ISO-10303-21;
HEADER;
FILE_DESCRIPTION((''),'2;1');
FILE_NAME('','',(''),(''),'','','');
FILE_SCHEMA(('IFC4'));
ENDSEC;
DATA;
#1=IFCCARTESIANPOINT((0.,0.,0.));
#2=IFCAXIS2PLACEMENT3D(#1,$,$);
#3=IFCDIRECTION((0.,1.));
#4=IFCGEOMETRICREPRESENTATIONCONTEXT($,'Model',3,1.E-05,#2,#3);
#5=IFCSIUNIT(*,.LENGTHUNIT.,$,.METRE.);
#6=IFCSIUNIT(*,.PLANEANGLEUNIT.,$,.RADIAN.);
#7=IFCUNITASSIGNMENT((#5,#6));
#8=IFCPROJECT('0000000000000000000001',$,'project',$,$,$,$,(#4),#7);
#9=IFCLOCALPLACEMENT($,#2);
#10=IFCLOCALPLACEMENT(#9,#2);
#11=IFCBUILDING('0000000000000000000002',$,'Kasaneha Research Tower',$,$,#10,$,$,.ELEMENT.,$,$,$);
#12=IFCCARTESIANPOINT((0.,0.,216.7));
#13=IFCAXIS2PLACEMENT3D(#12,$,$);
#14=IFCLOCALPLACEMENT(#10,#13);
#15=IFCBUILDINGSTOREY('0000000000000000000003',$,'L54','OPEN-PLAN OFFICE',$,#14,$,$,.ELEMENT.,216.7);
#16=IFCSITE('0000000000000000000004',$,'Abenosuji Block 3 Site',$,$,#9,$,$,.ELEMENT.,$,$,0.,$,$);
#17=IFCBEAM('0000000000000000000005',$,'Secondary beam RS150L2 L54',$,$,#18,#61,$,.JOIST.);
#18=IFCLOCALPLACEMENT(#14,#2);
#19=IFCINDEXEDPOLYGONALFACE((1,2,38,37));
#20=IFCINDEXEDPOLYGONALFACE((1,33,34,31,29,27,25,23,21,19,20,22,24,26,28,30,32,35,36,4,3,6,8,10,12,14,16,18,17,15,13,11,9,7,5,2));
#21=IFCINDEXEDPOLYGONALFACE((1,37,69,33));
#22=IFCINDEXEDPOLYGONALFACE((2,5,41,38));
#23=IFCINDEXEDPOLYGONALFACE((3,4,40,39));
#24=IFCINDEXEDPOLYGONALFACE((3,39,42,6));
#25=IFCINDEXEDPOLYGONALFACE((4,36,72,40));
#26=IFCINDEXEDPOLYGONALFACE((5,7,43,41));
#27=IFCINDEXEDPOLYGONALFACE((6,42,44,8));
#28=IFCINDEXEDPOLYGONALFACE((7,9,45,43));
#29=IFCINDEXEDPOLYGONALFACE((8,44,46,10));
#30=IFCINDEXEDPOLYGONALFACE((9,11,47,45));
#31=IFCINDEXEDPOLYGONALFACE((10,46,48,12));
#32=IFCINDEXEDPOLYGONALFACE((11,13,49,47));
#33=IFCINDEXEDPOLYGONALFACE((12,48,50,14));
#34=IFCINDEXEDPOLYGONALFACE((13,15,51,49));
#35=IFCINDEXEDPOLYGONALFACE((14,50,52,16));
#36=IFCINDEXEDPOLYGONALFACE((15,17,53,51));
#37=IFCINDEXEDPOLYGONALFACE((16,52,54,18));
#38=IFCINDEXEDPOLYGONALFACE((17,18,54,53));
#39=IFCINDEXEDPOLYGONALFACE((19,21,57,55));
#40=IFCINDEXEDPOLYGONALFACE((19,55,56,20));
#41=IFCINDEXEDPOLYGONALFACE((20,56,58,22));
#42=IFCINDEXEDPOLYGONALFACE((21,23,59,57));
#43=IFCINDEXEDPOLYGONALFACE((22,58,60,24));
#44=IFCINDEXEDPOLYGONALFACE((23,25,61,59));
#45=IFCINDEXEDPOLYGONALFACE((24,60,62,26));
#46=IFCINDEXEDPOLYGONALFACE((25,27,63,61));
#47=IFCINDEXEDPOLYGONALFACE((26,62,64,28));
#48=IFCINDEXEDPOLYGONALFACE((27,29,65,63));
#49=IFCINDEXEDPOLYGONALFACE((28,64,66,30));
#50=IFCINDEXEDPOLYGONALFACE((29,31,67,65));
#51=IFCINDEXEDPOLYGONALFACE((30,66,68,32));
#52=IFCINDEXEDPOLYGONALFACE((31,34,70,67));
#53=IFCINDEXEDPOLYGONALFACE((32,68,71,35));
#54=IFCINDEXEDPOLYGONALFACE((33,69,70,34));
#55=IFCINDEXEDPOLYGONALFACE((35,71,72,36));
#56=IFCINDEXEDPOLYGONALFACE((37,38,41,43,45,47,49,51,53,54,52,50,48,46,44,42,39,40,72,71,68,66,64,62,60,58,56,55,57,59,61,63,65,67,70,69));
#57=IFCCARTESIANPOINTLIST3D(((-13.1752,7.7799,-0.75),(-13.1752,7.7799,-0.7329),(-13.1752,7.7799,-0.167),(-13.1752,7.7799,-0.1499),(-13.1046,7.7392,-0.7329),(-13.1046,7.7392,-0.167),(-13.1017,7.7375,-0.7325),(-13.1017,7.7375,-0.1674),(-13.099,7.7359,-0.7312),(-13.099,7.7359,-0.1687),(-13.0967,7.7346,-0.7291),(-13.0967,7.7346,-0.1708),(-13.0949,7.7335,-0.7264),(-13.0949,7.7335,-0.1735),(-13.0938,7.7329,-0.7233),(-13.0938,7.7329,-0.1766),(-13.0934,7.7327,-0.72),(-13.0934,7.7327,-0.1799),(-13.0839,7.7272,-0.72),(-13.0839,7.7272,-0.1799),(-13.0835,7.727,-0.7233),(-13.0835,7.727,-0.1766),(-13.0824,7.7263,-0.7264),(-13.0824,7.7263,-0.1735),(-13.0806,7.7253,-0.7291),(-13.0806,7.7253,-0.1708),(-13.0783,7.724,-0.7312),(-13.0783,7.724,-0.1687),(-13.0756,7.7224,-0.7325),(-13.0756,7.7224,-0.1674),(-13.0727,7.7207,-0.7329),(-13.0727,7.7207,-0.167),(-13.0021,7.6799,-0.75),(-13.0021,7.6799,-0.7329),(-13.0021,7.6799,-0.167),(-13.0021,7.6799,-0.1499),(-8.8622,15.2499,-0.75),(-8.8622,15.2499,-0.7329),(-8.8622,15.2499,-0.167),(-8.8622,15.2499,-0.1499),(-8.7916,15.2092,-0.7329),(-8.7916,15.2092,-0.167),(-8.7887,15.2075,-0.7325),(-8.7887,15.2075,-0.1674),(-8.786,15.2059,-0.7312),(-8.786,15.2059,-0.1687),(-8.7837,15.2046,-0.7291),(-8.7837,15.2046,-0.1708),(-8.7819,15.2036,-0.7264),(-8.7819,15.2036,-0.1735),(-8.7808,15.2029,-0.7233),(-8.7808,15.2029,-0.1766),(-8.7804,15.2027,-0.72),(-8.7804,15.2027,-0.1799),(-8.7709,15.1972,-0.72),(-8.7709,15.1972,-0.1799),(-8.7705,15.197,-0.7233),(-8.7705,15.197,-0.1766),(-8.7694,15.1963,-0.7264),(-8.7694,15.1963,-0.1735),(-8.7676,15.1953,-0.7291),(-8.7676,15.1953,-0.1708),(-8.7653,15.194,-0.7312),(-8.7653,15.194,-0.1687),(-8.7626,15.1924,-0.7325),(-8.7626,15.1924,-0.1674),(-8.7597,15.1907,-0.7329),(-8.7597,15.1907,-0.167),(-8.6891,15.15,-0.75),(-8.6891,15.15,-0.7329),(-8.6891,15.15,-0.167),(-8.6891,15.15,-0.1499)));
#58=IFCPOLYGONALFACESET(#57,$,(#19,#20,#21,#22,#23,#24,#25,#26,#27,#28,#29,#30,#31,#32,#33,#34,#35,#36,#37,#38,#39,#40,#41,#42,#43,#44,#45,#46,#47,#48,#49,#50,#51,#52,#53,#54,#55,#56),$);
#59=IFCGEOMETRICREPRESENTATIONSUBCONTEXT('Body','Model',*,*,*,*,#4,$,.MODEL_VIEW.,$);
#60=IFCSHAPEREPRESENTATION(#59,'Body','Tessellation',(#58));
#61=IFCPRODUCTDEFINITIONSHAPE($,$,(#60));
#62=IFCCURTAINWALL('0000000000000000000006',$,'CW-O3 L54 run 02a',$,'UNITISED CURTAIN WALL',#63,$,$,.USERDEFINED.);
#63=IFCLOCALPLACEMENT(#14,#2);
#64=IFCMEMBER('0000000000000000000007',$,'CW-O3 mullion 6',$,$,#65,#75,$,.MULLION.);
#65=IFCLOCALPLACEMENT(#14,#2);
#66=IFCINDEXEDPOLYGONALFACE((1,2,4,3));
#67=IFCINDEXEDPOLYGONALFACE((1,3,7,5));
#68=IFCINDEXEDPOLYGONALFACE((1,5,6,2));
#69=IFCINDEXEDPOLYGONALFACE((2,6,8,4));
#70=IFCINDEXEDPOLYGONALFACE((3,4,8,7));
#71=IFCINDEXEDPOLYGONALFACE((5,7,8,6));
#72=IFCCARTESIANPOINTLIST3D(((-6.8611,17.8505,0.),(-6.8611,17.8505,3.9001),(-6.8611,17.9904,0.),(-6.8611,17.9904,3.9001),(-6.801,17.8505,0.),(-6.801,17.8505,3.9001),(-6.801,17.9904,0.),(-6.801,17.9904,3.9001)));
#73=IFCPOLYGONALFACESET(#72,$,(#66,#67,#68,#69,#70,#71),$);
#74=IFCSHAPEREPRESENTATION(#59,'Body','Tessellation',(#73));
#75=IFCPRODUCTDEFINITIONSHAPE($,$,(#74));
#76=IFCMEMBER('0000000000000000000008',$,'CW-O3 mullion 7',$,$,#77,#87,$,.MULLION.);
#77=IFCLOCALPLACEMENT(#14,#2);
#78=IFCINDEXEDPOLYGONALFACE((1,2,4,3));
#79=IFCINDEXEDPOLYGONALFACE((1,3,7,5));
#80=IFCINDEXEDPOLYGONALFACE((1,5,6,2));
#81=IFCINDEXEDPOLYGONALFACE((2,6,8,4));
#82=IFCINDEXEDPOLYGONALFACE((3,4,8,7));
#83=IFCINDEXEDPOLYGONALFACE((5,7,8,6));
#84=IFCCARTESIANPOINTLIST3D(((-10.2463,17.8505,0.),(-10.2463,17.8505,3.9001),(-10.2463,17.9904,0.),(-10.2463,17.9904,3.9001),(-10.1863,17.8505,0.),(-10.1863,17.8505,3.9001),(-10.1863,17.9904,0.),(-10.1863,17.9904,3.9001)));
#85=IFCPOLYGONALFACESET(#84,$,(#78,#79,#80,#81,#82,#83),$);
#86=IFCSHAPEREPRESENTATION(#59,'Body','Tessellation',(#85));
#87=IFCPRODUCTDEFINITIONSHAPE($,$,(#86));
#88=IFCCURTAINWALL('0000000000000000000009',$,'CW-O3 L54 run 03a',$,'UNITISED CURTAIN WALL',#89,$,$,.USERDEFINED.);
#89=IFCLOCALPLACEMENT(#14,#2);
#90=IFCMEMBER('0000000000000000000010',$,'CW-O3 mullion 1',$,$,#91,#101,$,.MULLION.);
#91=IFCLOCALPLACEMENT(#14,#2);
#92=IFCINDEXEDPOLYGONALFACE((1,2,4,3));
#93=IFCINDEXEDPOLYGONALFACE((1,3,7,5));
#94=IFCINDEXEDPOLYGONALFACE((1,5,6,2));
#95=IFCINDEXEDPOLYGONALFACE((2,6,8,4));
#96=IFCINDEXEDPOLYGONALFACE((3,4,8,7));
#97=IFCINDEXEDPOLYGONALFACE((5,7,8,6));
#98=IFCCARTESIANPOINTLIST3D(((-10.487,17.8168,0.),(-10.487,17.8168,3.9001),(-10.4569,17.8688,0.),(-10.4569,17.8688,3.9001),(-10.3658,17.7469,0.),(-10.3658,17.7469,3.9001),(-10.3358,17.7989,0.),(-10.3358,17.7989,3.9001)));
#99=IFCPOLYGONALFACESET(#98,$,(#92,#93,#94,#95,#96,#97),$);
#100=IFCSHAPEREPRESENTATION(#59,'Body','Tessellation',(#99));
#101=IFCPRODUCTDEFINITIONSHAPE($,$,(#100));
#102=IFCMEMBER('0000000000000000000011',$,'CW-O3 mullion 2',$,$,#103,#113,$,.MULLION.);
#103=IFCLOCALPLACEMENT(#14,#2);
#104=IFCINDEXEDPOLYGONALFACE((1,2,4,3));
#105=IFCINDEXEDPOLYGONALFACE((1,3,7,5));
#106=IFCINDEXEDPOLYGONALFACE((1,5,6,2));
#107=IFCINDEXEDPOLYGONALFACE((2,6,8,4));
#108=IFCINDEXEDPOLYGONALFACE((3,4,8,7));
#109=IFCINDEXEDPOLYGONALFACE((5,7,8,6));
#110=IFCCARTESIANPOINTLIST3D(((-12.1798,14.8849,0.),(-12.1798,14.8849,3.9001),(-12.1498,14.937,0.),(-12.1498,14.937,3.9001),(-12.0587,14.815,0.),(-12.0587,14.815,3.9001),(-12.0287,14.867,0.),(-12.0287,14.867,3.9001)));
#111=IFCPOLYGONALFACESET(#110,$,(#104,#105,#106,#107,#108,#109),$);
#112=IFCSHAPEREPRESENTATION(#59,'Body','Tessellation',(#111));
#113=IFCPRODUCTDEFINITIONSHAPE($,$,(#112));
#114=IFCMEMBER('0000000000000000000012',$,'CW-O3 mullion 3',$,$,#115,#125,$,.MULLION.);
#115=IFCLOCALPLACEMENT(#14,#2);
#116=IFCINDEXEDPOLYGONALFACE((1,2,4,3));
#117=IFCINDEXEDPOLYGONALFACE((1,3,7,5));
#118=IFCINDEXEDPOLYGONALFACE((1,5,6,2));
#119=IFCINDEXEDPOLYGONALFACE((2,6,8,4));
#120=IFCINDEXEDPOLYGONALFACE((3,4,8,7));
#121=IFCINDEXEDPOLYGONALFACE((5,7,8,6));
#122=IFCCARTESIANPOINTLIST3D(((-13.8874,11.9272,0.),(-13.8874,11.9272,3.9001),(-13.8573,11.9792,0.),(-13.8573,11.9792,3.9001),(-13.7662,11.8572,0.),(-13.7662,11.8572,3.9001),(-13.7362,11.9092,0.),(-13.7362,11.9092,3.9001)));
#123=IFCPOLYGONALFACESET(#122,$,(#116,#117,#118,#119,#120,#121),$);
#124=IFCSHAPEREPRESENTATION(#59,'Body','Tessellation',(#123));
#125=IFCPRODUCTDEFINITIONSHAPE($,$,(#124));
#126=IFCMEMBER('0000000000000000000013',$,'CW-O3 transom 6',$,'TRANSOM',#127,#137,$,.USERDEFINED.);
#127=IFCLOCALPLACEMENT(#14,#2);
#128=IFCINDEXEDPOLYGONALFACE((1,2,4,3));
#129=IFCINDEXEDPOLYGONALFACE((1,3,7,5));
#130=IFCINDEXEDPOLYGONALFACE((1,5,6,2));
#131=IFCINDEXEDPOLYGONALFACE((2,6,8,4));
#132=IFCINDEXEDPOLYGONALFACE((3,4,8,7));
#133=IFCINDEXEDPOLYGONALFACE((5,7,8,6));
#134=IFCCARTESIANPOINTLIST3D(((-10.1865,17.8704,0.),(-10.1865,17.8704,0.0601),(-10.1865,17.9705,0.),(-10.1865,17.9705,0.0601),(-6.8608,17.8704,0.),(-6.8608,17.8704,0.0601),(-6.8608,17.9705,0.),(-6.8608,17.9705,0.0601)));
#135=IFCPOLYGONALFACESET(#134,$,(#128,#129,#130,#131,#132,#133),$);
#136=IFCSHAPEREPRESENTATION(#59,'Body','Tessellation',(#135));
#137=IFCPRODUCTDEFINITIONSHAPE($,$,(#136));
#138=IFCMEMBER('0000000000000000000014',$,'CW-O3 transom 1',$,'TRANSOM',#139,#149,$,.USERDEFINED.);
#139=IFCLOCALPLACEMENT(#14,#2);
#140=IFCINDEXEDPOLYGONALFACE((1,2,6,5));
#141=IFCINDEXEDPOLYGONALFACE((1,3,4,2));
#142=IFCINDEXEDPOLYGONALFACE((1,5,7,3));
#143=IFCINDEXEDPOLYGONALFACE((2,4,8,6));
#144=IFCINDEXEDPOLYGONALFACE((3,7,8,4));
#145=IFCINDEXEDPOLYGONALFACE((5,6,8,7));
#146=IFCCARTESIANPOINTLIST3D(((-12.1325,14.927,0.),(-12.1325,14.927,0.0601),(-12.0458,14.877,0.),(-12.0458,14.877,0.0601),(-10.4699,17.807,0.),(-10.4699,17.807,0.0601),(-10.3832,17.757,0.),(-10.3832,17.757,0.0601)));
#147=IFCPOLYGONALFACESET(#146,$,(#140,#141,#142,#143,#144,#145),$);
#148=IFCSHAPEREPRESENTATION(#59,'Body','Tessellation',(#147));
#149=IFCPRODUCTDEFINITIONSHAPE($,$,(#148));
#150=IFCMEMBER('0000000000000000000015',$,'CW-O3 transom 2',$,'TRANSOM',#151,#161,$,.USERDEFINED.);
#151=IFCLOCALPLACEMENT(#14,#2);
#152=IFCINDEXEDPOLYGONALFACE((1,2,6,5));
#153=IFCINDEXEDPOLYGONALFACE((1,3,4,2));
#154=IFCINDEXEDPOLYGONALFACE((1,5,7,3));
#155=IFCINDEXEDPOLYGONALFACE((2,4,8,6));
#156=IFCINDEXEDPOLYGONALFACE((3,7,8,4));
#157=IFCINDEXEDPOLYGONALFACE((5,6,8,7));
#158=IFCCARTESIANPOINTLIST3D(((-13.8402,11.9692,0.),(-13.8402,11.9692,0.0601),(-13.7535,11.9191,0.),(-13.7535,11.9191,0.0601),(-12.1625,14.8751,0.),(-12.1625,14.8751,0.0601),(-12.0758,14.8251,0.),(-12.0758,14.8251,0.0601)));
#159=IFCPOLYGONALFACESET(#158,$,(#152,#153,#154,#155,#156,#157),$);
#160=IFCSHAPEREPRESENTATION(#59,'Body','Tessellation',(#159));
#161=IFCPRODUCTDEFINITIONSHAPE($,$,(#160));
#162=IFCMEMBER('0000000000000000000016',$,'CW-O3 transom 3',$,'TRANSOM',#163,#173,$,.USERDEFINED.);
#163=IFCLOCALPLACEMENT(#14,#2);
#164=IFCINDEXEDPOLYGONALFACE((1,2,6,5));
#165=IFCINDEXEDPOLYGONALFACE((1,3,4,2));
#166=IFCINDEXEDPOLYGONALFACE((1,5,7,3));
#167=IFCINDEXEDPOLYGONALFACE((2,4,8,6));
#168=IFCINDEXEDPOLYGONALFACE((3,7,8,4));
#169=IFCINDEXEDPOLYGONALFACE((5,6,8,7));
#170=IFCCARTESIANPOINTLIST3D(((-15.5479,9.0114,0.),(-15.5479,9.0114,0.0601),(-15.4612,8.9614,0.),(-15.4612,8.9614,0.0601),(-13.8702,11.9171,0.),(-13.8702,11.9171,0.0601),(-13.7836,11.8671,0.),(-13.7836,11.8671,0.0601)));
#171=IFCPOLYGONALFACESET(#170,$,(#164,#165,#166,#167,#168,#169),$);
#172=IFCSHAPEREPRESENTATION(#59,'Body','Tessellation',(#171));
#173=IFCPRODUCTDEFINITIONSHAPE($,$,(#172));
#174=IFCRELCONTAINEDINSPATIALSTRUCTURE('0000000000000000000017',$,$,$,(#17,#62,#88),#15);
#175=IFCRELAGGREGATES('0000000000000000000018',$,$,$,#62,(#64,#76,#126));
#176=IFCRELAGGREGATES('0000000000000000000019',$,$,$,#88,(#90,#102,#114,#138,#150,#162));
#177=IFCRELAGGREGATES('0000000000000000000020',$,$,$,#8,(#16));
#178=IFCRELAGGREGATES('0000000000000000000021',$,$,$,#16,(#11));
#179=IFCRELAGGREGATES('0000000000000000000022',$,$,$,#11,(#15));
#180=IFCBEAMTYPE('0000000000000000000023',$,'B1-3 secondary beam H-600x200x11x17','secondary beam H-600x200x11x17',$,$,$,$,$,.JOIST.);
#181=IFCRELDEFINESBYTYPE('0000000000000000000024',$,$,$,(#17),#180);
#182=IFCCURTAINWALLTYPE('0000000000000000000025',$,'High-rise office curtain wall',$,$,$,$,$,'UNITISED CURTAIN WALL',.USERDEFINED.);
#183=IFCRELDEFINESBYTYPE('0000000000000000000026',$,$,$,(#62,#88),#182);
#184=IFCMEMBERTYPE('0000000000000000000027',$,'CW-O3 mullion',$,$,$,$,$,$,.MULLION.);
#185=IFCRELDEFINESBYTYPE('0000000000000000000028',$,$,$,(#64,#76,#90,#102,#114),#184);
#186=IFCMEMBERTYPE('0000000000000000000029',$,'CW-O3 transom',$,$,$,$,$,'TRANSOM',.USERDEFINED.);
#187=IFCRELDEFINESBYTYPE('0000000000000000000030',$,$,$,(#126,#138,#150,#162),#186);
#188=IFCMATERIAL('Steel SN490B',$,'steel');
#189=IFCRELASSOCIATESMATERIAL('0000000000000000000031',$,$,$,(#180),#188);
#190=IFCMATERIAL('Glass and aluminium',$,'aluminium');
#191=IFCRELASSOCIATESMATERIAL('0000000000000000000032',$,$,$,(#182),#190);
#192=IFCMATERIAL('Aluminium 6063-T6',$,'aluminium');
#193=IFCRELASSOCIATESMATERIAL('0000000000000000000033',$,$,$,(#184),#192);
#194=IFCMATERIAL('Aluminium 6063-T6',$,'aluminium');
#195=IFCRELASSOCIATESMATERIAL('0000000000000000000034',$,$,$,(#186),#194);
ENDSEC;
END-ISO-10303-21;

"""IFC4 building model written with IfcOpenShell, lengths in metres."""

from ifc_helpers import new_model, si_unit, direction, frame, origin, origin_2d, place, context, subcontext, project, spatial, rectangle, i_section, extrude, material, material_profile, profile_set, type_object, element, aggregate, save


model = new_model("IFC4")

# Units and contexts
model_context = context("Model", 3, precision=1e-05, world=origin(), true_north=direction((0.0, 1.0)))
body_context = subcontext(model_context, "Body", "Model", "MODEL_VIEW")
ifc_project = project(units=[si_unit("LENGTHUNIT", "METRE"), si_unit("PLANEANGLEUNIT", "RADIAN")], contexts=[model_context])

# Site, building, storey
site_placement = place(None, origin())
site = spatial("IfcSite", under=ifc_project, at=site_placement, Name="Abenosuji Block 3 Site", CompositionType="ELEMENT", RefElevation=0.0)
building_placement = place(site_placement, origin())
building = spatial("IfcBuilding", under=site, at=building_placement, Name="Kasaneha Research Tower", CompositionType="ELEMENT")
storey_placement = place(building_placement, frame((0.0, 0.0, 216.7)))
storey = spatial("IfcBuildingStorey", under=building, at=storey_placement, Name="L54", Description="OPEN-PLAN OFFICE", CompositionType="ELEMENT", Elevation=216.7)

# Beam
ifc_material_1 = material(Name="Steel SN490B", Category="steel")
ifc_material_profile_1 = material_profile(ifc_material_1, i_section(OverallWidth=0.2, OverallDepth=0.6001, WebThickness=0.011, FlangeThickness=0.0171, FilletRadius=0.0129, at=origin_2d()), Name="H-600x200x11x17")
ifc_profile_set_1 = profile_set([ifc_material_profile_1], Name="Steel SN490B")
beam_type_1 = type_object("IfcBeamType", Name="B1-3 secondary beam H-600x200x11x17", Description="secondary beam H-600x200x11x17", PredefinedType="JOIST", material=ifc_profile_set_1)
beam_1_placement = place(storey_placement, frame((-8.7756, 15.2, -0.45), z_axis=(-0.500017, -0.866015, 0.0), x_axis=(0.866015, -0.500017, 0.0)))
element("IfcBeam", 1, at=beam_1_placement, inside=storey, type_object=beam_type_1, Name="Secondary beam RS150L2 L54", PredefinedType="JOIST", context=body_context, shape_type="SweptSolid", body=[
    extrude(i_section(OverallWidth=0.2, OverallDepth=0.6001, WebThickness=0.011, FlangeThickness=0.0171, FilletRadius=0.0129, at=origin_2d()), origin(), (0.0, 0.0, 1.0), 8.6257),
])

# Curtain walls, members
ifc_material_2 = material(Name="Glass and aluminium", Category="aluminium")
curtain_wall_type = type_object("IfcCurtainWallType", Name="High-rise office curtain wall", ElementType="UNITISED CURTAIN WALL", PredefinedType="USERDEFINED", material=ifc_material_2)
curtain_wall_1_placement = place(storey_placement, origin())
curtain_wall_1 = element("IfcCurtainWall", 2, at=curtain_wall_1_placement, inside=storey, type_object=curtain_wall_type, Name="CW-O3 L54 run 02a", ObjectType="UNITISED CURTAIN WALL", PredefinedType="USERDEFINED")
ifc_material_3 = material(Name="Aluminium 6063-T6", Category="aluminium")
ifc_material_profile_2 = material_profile(ifc_material_3, rectangle(XDim=0.0601, YDim=0.1399, at=origin_2d()), Name="CW-O3 mullion 60x140")
ifc_profile_set_2 = profile_set([ifc_material_profile_2], Name="Aluminium 6063-T6")
member_type_1 = type_object("IfcMemberType", Name="CW-O3 mullion", PredefinedType="MULLION", material=ifc_profile_set_2)
member_1_placement = place(storey_placement, frame((-6.8311, 17.9204, 0.0), z_axis=(0.0, 0.0, 1.0), x_axis=(-1.0, 0.0, 0.0)))
member_1 = element("IfcMember", 3, at=member_1_placement, type_object=member_type_1, Name="CW-O3 mullion 6", PredefinedType="MULLION", context=body_context, shape_type="SweptSolid", body=[
    extrude(rectangle(XDim=0.0601, YDim=0.1399, at=origin_2d()), origin(), (0.0, 0.0, 1.0), 3.9001),
])
member_2_placement = place(storey_placement, frame((-10.2163, 17.9204, 0.0), z_axis=(0.0, 0.0, 1.0), x_axis=(-1.0, 0.0, 0.0)))
member_2 = element("IfcMember", 4, at=member_2_placement, type_object=member_type_1, Name="CW-O3 mullion 7", PredefinedType="MULLION", context=body_context, shape_type="SweptSolid", body=[
    extrude(rectangle(XDim=0.0601, YDim=0.1399, at=origin_2d()), origin(), (0.0, 0.0, 1.0), 3.9001),
])
curtain_wall_2_placement = place(storey_placement, origin())
curtain_wall_2 = element("IfcCurtainWall", 5, at=curtain_wall_2_placement, inside=storey, type_object=curtain_wall_type, Name="CW-O3 L54 run 03a", ObjectType="UNITISED CURTAIN WALL", PredefinedType="USERDEFINED")
member_3_placement = place(storey_placement, frame((-10.4114, 17.8079, 0.0), z_axis=(0.0, 0.0, 1.0), x_axis=(-0.5, -0.866025, 0.0)))
member_3 = element("IfcMember", 6, at=member_3_placement, type_object=member_type_1, Name="CW-O3 mullion 1", PredefinedType="MULLION", context=body_context, shape_type="SweptSolid", body=[
    extrude(rectangle(XDim=0.0601, YDim=0.1399, at=origin_2d()), origin(), (0.0, 0.0, 1.0), 3.9001),
])
member_4_placement = place(storey_placement, frame((-12.1042, 14.876, 0.0), z_axis=(0.0, 0.0, 1.0), x_axis=(-0.5, -0.866025, 0.0)))
member_4 = element("IfcMember", 7, at=member_4_placement, type_object=member_type_1, Name="CW-O3 mullion 2", PredefinedType="MULLION", context=body_context, shape_type="SweptSolid", body=[
    extrude(rectangle(XDim=0.0601, YDim=0.1399, at=origin_2d()), origin(), (0.0, 0.0, 1.0), 3.9001),
])
member_5_placement = place(storey_placement, frame((-13.8118, 11.9182, 0.0), z_axis=(0.0, 0.0, 1.0), x_axis=(-0.5, -0.866025, 0.0)))
member_5 = element("IfcMember", 8, at=member_5_placement, type_object=member_type_1, Name="CW-O3 mullion 3", PredefinedType="MULLION", context=body_context, shape_type="SweptSolid", body=[
    extrude(rectangle(XDim=0.0601, YDim=0.1399, at=origin_2d()), origin(), (0.0, 0.0, 1.0), 3.9001),
])

# Members
ifc_material_4 = material(Name="Aluminium 6063-T6", Category="aluminium")
ifc_material_profile_3 = material_profile(ifc_material_4, rectangle(XDim=0.1001, YDim=0.0601, at=origin_2d()), Name="CW-O3 transom 100x60")
ifc_profile_set_3 = profile_set([ifc_material_profile_3], Name="Aluminium 6063-T6")
member_type_2 = type_object("IfcMemberType", Name="CW-O3 transom", ElementType="TRANSOM", PredefinedType="USERDEFINED", material=ifc_profile_set_3)
member_6_placement = place(storey_placement, frame((-6.8608, 17.9204, 0.03), z_axis=(-1.0, 0.0, 0.0), x_axis=(0.0, -1.0, 0.0)))
member_6 = element("IfcMember", 9, at=member_6_placement, type_object=member_type_2, Name="CW-O3 transom 6", ObjectType="TRANSOM", PredefinedType="USERDEFINED", context=body_context, shape_type="SweptSolid", body=[
    extrude(rectangle(XDim=0.1001, YDim=0.0601, at=origin_2d()), origin(), (0.0, 0.0, 1.0), 3.3257),
])
member_7_placement = place(storey_placement, frame((-10.4265, 17.782, 0.03), z_axis=(-0.499977, -0.866039, 0.0), x_axis=(0.866039, -0.499977, 0.0)))
member_7 = element("IfcMember", 10, at=member_7_placement, type_object=member_type_2, Name="CW-O3 transom 1", ObjectType="TRANSOM", PredefinedType="USERDEFINED", context=body_context, shape_type="SweptSolid", body=[
    extrude(rectangle(XDim=0.1001, YDim=0.0601, at=origin_2d()), origin(), (0.0, 0.0, 1.0), 3.3254),
])
member_8_placement = place(storey_placement, frame((-12.1191, 14.8501, 0.03), z_axis=(-0.499989, -0.866032, 0.0), x_axis=(0.866032, -0.499989, 0.0)))
member_8 = element("IfcMember", 11, at=member_8_placement, type_object=member_type_2, Name="CW-O3 transom 2", ObjectType="TRANSOM", PredefinedType="USERDEFINED", context=body_context, shape_type="SweptSolid", body=[
    extrude(rectangle(XDim=0.1001, YDim=0.0601, at=origin_2d()), origin(), (0.0, 0.0, 1.0), 3.3555),
])
member_9_placement = place(storey_placement, frame((-13.8269, 11.8921, 0.03), z_axis=(-0.500021, -0.866014, 0.0), x_axis=(0.866014, -0.500021, 0.0)))
member_9 = element("IfcMember", 12, at=member_9_placement, type_object=member_type_2, Name="CW-O3 transom 3", ObjectType="TRANSOM", PredefinedType="USERDEFINED", context=body_context, shape_type="SweptSolid", body=[
    extrude(rectangle(XDim=0.1001, YDim=0.0601, at=origin_2d()), origin(), (0.0, 0.0, 1.0), 3.3552),
])

aggregate(curtain_wall_1, [member_1, member_2, member_6])
aggregate(curtain_wall_2, [member_3, member_4, member_5, member_7, member_8, member_9])

save(model, "model.ifc")
